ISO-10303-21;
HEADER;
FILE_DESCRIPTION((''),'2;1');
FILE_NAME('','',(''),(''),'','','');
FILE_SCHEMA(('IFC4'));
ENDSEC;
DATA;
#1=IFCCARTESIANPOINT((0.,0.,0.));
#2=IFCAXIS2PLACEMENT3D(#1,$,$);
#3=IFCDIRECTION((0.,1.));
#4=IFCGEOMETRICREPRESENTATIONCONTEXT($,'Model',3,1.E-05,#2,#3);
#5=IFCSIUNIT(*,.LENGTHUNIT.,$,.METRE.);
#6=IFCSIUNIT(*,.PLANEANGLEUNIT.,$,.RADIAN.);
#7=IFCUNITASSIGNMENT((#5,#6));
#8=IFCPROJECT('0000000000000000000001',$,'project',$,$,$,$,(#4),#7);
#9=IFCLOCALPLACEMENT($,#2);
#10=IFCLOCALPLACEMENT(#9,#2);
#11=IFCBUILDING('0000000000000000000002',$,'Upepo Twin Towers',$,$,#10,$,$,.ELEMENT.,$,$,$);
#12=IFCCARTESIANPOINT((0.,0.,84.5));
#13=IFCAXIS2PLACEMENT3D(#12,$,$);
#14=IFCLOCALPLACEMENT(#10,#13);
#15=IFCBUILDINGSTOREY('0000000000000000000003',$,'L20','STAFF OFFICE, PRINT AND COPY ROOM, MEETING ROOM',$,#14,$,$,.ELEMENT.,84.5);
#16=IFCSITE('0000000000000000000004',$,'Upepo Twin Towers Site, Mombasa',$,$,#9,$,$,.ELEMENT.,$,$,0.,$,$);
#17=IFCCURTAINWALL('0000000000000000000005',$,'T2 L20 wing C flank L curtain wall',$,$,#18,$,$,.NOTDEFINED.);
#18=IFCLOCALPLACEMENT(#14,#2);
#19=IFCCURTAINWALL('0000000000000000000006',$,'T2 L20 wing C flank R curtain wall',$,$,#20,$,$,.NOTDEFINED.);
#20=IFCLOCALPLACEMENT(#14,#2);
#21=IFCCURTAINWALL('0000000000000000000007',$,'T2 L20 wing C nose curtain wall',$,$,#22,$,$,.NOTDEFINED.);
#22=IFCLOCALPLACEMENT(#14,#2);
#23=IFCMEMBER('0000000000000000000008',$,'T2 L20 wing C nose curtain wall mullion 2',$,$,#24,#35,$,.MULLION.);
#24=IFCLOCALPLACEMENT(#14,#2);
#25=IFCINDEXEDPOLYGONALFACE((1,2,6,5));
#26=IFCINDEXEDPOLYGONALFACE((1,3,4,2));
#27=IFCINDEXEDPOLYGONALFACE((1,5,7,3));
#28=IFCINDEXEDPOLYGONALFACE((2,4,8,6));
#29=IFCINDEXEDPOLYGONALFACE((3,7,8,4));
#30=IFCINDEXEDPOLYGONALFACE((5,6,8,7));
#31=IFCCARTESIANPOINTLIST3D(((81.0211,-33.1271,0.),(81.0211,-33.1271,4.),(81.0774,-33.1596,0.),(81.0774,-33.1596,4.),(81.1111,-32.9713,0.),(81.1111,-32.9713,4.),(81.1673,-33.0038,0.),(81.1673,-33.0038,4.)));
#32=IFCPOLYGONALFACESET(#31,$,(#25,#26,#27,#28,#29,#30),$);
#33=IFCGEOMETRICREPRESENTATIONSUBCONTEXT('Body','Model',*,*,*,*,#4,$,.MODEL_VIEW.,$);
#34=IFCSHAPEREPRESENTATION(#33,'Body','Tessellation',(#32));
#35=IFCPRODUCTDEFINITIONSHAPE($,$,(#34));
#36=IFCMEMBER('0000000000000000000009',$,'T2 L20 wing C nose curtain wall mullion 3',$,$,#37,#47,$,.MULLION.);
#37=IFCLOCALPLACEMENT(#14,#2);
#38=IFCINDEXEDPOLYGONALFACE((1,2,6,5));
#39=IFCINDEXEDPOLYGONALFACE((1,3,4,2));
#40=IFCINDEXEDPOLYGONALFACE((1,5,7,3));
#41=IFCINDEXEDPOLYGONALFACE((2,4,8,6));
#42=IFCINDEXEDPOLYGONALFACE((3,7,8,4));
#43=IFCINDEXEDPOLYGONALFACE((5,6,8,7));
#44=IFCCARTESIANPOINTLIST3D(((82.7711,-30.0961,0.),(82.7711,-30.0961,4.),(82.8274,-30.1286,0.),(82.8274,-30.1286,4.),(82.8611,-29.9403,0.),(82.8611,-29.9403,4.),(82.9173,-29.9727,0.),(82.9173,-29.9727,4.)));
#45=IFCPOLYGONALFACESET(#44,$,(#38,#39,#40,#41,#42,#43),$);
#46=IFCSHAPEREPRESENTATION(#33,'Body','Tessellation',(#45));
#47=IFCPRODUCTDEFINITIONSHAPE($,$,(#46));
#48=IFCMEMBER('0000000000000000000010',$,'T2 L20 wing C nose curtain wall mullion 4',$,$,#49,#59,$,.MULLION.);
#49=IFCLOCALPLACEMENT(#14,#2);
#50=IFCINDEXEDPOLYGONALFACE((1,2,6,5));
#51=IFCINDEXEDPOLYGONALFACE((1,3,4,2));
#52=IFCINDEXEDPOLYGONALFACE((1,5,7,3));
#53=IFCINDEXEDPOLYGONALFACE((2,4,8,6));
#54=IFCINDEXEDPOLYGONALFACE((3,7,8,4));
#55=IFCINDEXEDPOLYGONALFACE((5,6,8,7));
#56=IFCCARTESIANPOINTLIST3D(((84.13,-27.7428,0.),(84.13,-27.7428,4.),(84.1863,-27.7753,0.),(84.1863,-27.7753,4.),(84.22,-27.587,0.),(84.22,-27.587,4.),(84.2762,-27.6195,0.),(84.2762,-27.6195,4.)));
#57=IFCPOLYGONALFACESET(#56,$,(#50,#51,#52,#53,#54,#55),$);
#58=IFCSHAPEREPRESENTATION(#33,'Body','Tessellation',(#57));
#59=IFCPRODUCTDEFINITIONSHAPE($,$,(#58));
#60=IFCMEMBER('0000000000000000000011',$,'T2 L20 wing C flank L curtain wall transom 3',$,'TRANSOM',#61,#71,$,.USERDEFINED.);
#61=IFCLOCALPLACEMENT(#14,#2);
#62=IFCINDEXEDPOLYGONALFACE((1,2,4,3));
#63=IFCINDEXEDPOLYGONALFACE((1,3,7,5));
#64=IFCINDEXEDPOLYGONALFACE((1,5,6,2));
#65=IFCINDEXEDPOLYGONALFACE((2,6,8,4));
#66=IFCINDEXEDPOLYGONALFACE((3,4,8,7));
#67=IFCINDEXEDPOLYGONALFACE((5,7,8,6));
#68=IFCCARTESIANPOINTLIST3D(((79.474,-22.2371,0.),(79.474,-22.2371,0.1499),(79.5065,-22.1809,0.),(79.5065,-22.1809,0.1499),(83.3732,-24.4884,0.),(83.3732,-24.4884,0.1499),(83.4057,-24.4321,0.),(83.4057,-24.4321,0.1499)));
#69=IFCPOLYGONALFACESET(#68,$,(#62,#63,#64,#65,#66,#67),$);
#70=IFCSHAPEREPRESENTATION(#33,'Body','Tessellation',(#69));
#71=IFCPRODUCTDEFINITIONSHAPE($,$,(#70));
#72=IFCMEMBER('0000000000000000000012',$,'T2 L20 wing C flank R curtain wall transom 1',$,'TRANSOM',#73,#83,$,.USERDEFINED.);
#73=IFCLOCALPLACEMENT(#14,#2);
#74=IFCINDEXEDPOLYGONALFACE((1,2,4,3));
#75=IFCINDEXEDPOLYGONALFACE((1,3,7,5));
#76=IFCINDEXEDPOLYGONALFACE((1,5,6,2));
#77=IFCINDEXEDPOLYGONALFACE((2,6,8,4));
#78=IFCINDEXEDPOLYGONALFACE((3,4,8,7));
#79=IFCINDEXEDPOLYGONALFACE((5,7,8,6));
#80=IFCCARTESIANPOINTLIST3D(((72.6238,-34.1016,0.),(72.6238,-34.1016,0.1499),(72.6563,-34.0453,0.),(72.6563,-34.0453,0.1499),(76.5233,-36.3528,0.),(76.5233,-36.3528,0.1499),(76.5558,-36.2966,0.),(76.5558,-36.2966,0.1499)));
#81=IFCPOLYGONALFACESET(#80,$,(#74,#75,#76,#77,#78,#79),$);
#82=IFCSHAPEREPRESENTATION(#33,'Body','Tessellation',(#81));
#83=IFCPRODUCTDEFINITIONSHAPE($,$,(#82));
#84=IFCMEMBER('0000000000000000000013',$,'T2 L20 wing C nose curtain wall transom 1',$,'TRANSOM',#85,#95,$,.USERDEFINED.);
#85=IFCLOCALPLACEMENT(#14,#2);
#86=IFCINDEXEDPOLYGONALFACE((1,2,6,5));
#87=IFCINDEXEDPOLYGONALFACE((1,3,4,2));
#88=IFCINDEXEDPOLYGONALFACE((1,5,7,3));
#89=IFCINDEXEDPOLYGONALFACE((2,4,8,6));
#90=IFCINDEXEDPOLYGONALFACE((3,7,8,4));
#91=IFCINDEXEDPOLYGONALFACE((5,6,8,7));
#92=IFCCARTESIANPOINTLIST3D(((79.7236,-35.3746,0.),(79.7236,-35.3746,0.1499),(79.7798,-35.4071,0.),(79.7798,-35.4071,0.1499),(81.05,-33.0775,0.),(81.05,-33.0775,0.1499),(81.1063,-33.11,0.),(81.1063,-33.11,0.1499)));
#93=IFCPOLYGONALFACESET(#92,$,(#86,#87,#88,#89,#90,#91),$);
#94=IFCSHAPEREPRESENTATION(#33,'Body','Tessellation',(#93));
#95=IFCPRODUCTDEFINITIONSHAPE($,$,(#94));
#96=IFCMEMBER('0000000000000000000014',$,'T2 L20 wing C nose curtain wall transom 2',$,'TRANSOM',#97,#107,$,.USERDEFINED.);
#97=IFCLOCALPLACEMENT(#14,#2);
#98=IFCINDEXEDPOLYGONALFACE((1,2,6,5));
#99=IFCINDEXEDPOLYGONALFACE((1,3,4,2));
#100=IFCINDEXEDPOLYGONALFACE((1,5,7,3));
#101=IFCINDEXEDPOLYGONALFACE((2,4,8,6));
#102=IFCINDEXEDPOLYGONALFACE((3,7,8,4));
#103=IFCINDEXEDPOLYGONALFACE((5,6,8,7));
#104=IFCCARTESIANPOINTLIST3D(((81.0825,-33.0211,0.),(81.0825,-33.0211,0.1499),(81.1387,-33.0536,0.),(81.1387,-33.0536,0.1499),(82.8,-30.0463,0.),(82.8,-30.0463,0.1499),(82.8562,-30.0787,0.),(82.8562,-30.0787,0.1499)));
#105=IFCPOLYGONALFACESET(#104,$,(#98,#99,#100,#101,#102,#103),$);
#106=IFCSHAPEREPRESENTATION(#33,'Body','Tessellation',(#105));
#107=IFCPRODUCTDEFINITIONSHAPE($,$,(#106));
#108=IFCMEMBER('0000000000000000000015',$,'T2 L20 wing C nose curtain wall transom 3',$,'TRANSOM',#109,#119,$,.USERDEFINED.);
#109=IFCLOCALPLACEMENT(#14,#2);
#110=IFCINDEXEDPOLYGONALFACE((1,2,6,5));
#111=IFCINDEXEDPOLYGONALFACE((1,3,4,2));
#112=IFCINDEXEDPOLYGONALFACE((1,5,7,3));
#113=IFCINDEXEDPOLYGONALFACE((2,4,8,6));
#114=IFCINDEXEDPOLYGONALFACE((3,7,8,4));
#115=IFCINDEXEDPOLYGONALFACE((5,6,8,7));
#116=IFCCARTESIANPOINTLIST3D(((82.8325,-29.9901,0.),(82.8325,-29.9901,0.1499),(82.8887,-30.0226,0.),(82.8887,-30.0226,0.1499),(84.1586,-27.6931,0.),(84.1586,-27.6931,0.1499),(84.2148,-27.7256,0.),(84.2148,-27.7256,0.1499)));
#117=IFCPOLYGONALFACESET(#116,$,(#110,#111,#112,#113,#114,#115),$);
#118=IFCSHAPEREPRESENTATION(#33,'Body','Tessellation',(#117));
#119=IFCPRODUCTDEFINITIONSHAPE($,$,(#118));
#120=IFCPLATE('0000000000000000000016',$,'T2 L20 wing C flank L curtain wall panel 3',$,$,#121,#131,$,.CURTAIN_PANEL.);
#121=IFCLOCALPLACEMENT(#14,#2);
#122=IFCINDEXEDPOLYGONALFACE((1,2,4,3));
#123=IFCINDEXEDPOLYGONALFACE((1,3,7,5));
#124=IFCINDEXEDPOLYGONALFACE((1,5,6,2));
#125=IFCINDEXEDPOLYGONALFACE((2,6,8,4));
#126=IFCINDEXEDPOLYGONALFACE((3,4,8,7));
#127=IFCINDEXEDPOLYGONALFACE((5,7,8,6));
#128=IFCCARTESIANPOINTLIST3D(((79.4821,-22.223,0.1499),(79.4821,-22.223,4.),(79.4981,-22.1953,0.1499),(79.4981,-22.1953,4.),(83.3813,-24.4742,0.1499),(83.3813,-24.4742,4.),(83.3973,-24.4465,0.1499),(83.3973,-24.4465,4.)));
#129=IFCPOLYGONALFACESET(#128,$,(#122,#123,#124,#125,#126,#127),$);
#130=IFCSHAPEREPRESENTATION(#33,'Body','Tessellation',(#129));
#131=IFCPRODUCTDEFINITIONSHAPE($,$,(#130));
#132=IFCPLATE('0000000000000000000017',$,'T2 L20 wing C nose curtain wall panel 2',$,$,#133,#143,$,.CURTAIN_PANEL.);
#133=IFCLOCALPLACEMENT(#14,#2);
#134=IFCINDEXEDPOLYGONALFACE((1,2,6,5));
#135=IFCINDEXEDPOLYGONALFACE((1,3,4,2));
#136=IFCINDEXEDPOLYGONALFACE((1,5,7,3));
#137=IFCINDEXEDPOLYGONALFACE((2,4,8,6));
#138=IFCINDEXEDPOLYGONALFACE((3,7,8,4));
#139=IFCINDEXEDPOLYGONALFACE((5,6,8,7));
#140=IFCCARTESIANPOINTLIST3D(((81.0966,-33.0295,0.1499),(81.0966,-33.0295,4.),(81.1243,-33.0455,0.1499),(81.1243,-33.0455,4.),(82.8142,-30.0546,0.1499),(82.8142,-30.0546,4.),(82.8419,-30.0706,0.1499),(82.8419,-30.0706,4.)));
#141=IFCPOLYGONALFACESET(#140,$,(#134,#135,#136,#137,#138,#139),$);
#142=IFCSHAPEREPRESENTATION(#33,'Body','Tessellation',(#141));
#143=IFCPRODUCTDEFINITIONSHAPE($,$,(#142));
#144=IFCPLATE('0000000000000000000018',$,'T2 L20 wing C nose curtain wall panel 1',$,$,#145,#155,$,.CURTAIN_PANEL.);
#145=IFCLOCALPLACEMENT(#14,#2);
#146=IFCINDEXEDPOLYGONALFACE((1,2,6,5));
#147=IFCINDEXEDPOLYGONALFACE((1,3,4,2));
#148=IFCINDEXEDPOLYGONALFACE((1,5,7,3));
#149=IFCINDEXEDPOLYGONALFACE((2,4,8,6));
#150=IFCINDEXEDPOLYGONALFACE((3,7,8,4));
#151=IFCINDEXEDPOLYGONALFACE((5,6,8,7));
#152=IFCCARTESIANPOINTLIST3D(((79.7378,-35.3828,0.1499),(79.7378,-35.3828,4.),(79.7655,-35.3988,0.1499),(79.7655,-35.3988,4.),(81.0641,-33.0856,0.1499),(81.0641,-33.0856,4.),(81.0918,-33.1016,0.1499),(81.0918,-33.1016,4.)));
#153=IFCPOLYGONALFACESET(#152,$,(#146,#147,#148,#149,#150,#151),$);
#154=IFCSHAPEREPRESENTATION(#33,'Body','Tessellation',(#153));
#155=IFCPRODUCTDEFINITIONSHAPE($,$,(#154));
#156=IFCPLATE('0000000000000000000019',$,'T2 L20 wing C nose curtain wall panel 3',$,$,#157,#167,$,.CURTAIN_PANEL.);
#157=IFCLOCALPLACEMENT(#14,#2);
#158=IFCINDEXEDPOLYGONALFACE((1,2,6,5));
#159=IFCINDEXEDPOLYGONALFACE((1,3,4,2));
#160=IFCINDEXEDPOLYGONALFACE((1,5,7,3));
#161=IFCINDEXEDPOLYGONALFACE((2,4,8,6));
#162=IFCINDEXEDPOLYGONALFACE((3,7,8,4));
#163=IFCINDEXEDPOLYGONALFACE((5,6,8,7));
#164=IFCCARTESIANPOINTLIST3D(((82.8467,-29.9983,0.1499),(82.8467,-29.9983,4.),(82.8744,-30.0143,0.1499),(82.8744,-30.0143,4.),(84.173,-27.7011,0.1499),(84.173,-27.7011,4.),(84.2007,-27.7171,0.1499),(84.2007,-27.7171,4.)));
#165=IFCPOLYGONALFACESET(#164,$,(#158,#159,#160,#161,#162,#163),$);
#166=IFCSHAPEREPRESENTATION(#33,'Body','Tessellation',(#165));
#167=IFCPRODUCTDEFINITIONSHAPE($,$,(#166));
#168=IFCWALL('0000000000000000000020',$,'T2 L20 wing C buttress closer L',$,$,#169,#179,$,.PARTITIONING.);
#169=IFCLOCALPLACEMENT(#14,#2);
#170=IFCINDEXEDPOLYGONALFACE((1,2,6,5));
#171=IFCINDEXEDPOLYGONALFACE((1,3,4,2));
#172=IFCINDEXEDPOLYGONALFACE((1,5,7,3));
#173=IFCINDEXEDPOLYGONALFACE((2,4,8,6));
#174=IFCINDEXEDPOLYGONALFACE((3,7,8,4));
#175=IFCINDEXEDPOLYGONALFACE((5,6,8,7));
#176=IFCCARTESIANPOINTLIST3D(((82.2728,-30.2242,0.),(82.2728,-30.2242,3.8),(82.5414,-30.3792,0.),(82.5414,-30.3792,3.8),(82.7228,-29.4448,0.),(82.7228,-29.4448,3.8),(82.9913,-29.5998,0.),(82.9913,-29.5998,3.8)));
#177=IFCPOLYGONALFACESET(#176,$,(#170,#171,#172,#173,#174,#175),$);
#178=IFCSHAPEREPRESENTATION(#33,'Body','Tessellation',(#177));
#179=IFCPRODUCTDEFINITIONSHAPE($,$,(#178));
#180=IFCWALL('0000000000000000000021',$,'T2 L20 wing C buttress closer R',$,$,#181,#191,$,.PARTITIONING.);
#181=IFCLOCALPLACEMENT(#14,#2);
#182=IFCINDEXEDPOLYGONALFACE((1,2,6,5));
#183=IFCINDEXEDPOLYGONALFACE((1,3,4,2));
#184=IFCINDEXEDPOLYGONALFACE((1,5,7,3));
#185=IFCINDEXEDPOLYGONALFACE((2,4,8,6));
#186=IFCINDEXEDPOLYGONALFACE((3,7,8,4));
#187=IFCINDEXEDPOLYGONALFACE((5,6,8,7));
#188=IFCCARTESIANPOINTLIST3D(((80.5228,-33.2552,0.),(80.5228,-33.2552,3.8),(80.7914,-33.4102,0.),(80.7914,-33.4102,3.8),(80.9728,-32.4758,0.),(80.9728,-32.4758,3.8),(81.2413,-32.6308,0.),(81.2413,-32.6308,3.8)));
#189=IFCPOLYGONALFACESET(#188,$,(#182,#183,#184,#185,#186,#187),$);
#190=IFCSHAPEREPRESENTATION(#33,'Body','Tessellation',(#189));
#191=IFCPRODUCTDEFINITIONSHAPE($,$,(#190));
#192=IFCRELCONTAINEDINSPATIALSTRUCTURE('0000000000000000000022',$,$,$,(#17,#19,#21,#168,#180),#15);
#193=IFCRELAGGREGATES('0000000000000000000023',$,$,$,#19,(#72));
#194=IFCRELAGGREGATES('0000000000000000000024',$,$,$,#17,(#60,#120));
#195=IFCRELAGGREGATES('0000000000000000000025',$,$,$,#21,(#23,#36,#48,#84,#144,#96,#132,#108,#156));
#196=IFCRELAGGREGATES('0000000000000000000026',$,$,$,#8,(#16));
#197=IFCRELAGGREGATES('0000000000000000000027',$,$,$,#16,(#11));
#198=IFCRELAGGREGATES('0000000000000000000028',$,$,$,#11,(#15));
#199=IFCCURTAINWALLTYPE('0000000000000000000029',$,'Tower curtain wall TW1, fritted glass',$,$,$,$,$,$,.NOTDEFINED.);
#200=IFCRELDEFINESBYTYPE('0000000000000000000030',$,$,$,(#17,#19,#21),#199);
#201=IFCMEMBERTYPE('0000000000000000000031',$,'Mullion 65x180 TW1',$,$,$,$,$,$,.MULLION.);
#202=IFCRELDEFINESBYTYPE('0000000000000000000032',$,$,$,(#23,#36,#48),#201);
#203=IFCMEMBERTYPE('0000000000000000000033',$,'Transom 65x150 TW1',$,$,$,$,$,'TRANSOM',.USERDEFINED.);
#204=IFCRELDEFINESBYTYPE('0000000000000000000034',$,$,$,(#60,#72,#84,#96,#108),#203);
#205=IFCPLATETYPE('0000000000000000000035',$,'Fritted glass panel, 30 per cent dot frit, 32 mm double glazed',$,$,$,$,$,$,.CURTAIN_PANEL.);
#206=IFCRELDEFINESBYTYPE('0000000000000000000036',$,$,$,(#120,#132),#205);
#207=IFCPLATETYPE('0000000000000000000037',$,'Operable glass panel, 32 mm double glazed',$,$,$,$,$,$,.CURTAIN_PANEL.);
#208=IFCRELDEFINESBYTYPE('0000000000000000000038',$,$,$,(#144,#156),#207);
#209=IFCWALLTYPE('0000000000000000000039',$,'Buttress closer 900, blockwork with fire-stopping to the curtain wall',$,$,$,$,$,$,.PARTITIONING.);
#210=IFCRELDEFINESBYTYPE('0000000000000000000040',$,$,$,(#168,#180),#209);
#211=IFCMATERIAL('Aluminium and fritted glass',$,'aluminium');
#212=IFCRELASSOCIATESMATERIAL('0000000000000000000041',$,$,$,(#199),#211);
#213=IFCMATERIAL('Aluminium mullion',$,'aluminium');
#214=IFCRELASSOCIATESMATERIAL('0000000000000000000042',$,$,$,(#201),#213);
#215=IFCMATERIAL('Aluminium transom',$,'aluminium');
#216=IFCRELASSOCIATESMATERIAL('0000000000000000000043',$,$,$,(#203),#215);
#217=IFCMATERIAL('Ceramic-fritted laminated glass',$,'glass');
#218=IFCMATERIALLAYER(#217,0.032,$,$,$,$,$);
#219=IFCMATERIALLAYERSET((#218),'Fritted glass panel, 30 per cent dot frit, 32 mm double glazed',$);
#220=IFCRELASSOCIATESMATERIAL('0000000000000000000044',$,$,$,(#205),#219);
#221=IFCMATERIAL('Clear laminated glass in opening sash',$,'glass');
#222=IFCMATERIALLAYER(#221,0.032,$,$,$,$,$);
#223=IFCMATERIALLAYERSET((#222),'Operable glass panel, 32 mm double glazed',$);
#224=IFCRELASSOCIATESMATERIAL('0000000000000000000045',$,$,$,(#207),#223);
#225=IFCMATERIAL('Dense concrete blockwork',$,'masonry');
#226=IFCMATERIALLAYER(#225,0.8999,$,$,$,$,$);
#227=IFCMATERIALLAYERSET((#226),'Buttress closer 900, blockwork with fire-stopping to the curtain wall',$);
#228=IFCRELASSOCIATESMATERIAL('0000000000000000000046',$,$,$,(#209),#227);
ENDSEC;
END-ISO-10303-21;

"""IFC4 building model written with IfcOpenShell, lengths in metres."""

from ifc_helpers import new_model, si_unit, direction, frame, frame_2d, origin, origin_2d, place, context, subcontext, project, spatial, rectangle, extrude, material, layer, layer_set, material_profile, profile_set, type_object, element, aggregate, save


model = new_model("IFC4")

# Units and contexts
model_context = context("Model", 3, precision=1e-05, world=origin(), true_north=direction((0.0, 1.0)))
body_context = subcontext(model_context, "Body", "Model", "MODEL_VIEW")
ifc_project = project(units=[si_unit("LENGTHUNIT", "METRE"), si_unit("PLANEANGLEUNIT", "RADIAN")], contexts=[model_context])

# Site, building, storey
site_placement = place(None, origin())
site = spatial("IfcSite", under=ifc_project, at=site_placement, Name="Upepo Twin Towers Site, Mombasa", CompositionType="ELEMENT", RefElevation=0.0)
building_placement = place(site_placement, origin())
building = spatial("IfcBuilding", under=site, at=building_placement, Name="Upepo Twin Towers", CompositionType="ELEMENT")
storey_placement = place(building_placement, frame((0.0, 0.0, 84.5)))
storey = spatial("IfcBuildingStorey", under=building, at=storey_placement, Name="L20", Description="STAFF OFFICE, PRINT AND COPY ROOM, MEETING ROOM", CompositionType="ELEMENT", Elevation=84.5)

# Curtain wall
ifc_material_1 = material(Name="Aluminium and fritted glass", Category="aluminium")
curtain_wall_type = type_object("IfcCurtainWallType", Name="Tower curtain wall TW1, fritted glass", PredefinedType="NOTDEFINED", material=ifc_material_1)
curtain_wall_1_placement = place(storey_placement, origin())
curtain_wall_1 = element("IfcCurtainWall", 1, at=curtain_wall_1_placement, inside=storey, type_object=curtain_wall_type, Name="T2 L20 wing C flank L curtain wall", PredefinedType="NOTDEFINED")
ifc_material_2 = material(Name="Aluminium mullion", Category="aluminium")
ifc_material_profile_1 = material_profile(ifc_material_2, rectangle(XDim=0.0649, YDim=0.1799, at=origin_2d()), Name="MULLION 65x180")
ifc_profile_set_1 = profile_set([ifc_material_profile_1], Name="Aluminium mullion")
member_type_1 = type_object("IfcMemberType", Name="Mullion 65x180 TW1", PredefinedType="MULLION", material=ifc_profile_set_1)

# Curtain wall
curtain_wall_2_placement = place(storey_placement, origin())
curtain_wall_2 = element("IfcCurtainWall", 2, at=curtain_wall_2_placement, inside=storey, type_object=curtain_wall_type, Name="T2 L20 wing C flank R curtain wall", PredefinedType="NOTDEFINED")

# Curtain wall, members
curtain_wall_3_placement = place(storey_placement, origin())
curtain_wall_3 = element("IfcCurtainWall", 3, at=curtain_wall_3_placement, inside=storey, type_object=curtain_wall_type, Name="T2 L20 wing C nose curtain wall", PredefinedType="NOTDEFINED")
member_1_placement = place(storey_placement, frame((81.0942, -33.0654, 0.0), z_axis=(0.0, 0.0, 1.0), x_axis=(-0.866025, 0.5, 0.0)))
member_1 = element("IfcMember", 4, at=member_1_placement, type_object=member_type_1, Name="T2 L20 wing C nose curtain wall mullion 2", PredefinedType="MULLION", context=body_context, shape_type="SweptSolid", body=[
    extrude(rectangle(XDim=0.0649, YDim=0.1799, at=origin_2d()), origin(), (0.0, 0.0, 1.0), 4.0),
])
member_2_placement = place(storey_placement, frame((82.8442, -30.0344, 0.0), z_axis=(0.0, 0.0, 1.0), x_axis=(-0.866025, 0.5, 0.0)))
member_2 = element("IfcMember", 5, at=member_2_placement, type_object=member_type_1, Name="T2 L20 wing C nose curtain wall mullion 3", PredefinedType="MULLION", context=body_context, shape_type="SweptSolid", body=[
    extrude(rectangle(XDim=0.0649, YDim=0.1799, at=origin_2d()), origin(), (0.0, 0.0, 1.0), 4.0),
])
member_3_placement = place(storey_placement, frame((84.2031, -27.6812, 0.0), z_axis=(0.0, 0.0, 1.0), x_axis=(-0.866025, 0.5, 0.0)))
member_3 = element("IfcMember", 6, at=member_3_placement, type_object=member_type_1, Name="T2 L20 wing C nose curtain wall mullion 4", PredefinedType="MULLION", context=body_context, shape_type="SweptSolid", body=[
    extrude(rectangle(XDim=0.0649, YDim=0.1799, at=origin_2d()), origin(), (0.0, 0.0, 1.0), 4.0),
])

# Members
ifc_material_3 = material(Name="Aluminium transom", Category="aluminium")
ifc_material_profile_2 = material_profile(ifc_material_3, rectangle(XDim=0.0649, YDim=0.1499, at=origin_2d()), Name="TRANSOM 65x150")
ifc_profile_set_2 = profile_set([ifc_material_profile_2], Name="Aluminium transom")
member_type_2 = type_object("IfcMemberType", Name="Transom 65x150 TW1", ElementType="TRANSOM", PredefinedType="USERDEFINED", material=ifc_profile_set_2)
member_4_placement = place(storey_placement, frame((79.4902, -22.209, 0.075), z_axis=(0.866022, -0.500006, 0.0), x_axis=(0.500006, 0.866022, 0.0)))
member_4 = element("IfcMember", 7, at=member_4_placement, type_object=member_type_2, Name="T2 L20 wing C flank L curtain wall transom 3", ObjectType="TRANSOM", PredefinedType="USERDEFINED", context=body_context, shape_type="SweptSolid", body=[
    extrude(rectangle(XDim=0.0649, YDim=0.1499, at=origin_2d()), origin(), (0.0, 0.0, 1.0), 4.5024),
])
member_5_placement = place(storey_placement, frame((76.5396, -36.3247, 0.075), z_axis=(-0.866036, 0.499982, 0.0), x_axis=(-0.499982, -0.866036, 0.0)))
member_5 = element("IfcMember", 8, at=member_5_placement, type_object=member_type_2, Name="T2 L20 wing C flank R curtain wall transom 1", ObjectType="TRANSOM", PredefinedType="USERDEFINED", context=body_context, shape_type="SweptSolid", body=[
    extrude(rectangle(XDim=0.0649, YDim=0.1499, at=origin_2d()), origin(), (0.0, 0.0, 1.0), 4.5027),
])
aggregate(curtain_wall_2, [member_5])
member_6_placement = place(storey_placement, frame((79.7517, -35.3909, 0.075), z_axis=(0.500049, 0.865997, 0.0), x_axis=(-0.865997, 0.500049, 0.0)))
member_6 = element("IfcMember", 9, at=member_6_placement, type_object=member_type_2, Name="T2 L20 wing C nose curtain wall transom 1", ObjectType="TRANSOM", PredefinedType="USERDEFINED", context=body_context, shape_type="SweptSolid", body=[
    extrude(rectangle(XDim=0.0649, YDim=0.1499, at=origin_2d()), origin(), (0.0, 0.0, 1.0), 2.6526),
])
member_7_placement = place(storey_placement, frame((81.1106, -33.0374, 0.075), z_axis=(0.499999, 0.866026, 0.0), x_axis=(-0.866026, 0.499999, 0.0)))
member_7 = element("IfcMember", 10, at=member_7_placement, type_object=member_type_2, Name="T2 L20 wing C nose curtain wall transom 2", ObjectType="TRANSOM", PredefinedType="USERDEFINED", context=body_context, shape_type="SweptSolid", body=[
    extrude(rectangle(XDim=0.0649, YDim=0.1499, at=origin_2d()), origin(), (0.0, 0.0, 1.0), 3.4351),
])
member_8_placement = place(storey_placement, frame((82.8606, -30.0063, 0.075), z_axis=(0.49998, 0.866037, 0.0), x_axis=(-0.866037, 0.49998, 0.0)))
member_8 = element("IfcMember", 11, at=member_8_placement, type_object=member_type_2, Name="T2 L20 wing C nose curtain wall transom 3", ObjectType="TRANSOM", PredefinedType="USERDEFINED", context=body_context, shape_type="SweptSolid", body=[
    extrude(rectangle(XDim=0.0649, YDim=0.1499, at=origin_2d()), origin(), (0.0, 0.0, 1.0), 2.6523),
])

# Plates
ifc_material_4 = material(Name="Ceramic-fritted laminated glass", Category="glass")
ifc_layer_1 = layer(ifc_material_4, 0.032)
ifc_layer_set_1 = layer_set([ifc_layer_1], Name="Fritted glass panel, 30 per cent dot frit, 32 mm double glazed")
plate_type_1 = type_object("IfcPlateType", Name="Fritted glass panel, 30 per cent dot frit, 32 mm double glazed", PredefinedType="CURTAIN_PANEL", material=ifc_layer_set_1)
plate_1_placement = place(storey_placement, frame((81.4397, -23.3347, 0.1499), z_axis=(0.0, 0.0, 1.0), x_axis=(0.866025, -0.5, 0.0)))
plate_1 = element("IfcPlate", 12, at=plate_1_placement, type_object=plate_type_1, Name="T2 L20 wing C flank L curtain wall panel 3", PredefinedType="CURTAIN_PANEL", context=body_context, shape_type="SweptSolid", body=[
    extrude(rectangle(XDim=4.5024, YDim=0.032, at=origin_2d()), origin(), (0.0, 0.0, 1.0), 3.8501),
])
aggregate(curtain_wall_1, [member_4, plate_1])
plate_2_placement = place(storey_placement, frame((81.9692, -31.55, 0.1499), z_axis=(0.0, 0.0, 1.0), x_axis=(0.5, 0.866025, 0.0)))
plate_2 = element("IfcPlate", 13, at=plate_2_placement, type_object=plate_type_1, Name="T2 L20 wing C nose curtain wall panel 2", PredefinedType="CURTAIN_PANEL", context=body_context, shape_type="SweptSolid", body=[
    extrude(rectangle(XDim=3.4351, YDim=0.032, at=origin_2d()), origin(), (0.0, 0.0, 1.0), 3.8501),
])
ifc_material_5 = material(Name="Clear laminated glass in opening sash", Category="glass")
ifc_layer_2 = layer(ifc_material_5, 0.032)
ifc_layer_set_2 = layer_set([ifc_layer_2], Name="Operable glass panel, 32 mm double glazed")
plate_type_2 = type_object("IfcPlateType", Name="Operable glass panel, 32 mm double glazed", PredefinedType="CURTAIN_PANEL", material=ifc_layer_set_2)
plate_3_placement = place(storey_placement, frame((80.4148, -34.2422, 0.1499), z_axis=(0.0, 0.0, 1.0), x_axis=(0.5, 0.866025, 0.0)))
plate_3 = element("IfcPlate", 14, at=plate_3_placement, type_object=plate_type_2, Name="T2 L20 wing C nose curtain wall panel 1", PredefinedType="CURTAIN_PANEL", context=body_context, shape_type="SweptSolid", body=[
    extrude(rectangle(XDim=2.6526, YDim=0.032, at=origin_2d()), origin(), (0.0, 0.0, 1.0), 3.8501),
])
plate_4_placement = place(storey_placement, frame((83.5237, -28.8577, 0.1499), z_axis=(0.0, 0.0, 1.0), x_axis=(0.5, 0.866025, 0.0)))
plate_4 = element("IfcPlate", 15, at=plate_4_placement, type_object=plate_type_2, Name="T2 L20 wing C nose curtain wall panel 3", PredefinedType="CURTAIN_PANEL", context=body_context, shape_type="SweptSolid", body=[
    extrude(rectangle(XDim=2.6526, YDim=0.032, at=origin_2d()), origin(), (0.0, 0.0, 1.0), 3.8501),
])
aggregate(curtain_wall_3, [member_1, member_2, member_3, member_6, plate_3, member_7, plate_2, member_8, plate_4])

# Walls
ifc_material_6 = material(Name="Dense concrete blockwork", Category="masonry")
ifc_layer_3 = layer(ifc_material_6, 0.8999)
ifc_layer_set_3 = layer_set([ifc_layer_3], Name="Buttress closer 900, blockwork with fire-stopping to the curtain wall")
wall_type_1 = type_object("IfcWallType", Name="Buttress closer 900, blockwork with fire-stopping to the curtain wall", PredefinedType="PARTITIONING", material=ifc_layer_set_3)
for number, where, z_axis, x_axis, name in (
    (16, (82.4978, -29.8345, 0.0), (0.0, 0.0, 1.0), (0.866054, -0.49995, 0.0), "T2 L20 wing C buttress closer L"),
    (17, (80.7478, -32.8655, 0.0), (0.0, 0.0, 1.0), (0.866054, -0.49995, 0.0), "T2 L20 wing C buttress closer R"),
):
    element("IfcWall", number, at=place(storey_placement, frame(where, z_axis=z_axis, x_axis=x_axis)), inside=storey, type_object=wall_type_1, Name=name, PredefinedType="PARTITIONING", context=body_context, shape_type="SweptSolid", body=[
        extrude(rectangle(XDim=0.3101, YDim=0.8999, at=frame_2d((0.155, 0.0))), origin(), (0.0, 0.0, 1.0), 3.8),
    ])

save(model, "model.ifc")
